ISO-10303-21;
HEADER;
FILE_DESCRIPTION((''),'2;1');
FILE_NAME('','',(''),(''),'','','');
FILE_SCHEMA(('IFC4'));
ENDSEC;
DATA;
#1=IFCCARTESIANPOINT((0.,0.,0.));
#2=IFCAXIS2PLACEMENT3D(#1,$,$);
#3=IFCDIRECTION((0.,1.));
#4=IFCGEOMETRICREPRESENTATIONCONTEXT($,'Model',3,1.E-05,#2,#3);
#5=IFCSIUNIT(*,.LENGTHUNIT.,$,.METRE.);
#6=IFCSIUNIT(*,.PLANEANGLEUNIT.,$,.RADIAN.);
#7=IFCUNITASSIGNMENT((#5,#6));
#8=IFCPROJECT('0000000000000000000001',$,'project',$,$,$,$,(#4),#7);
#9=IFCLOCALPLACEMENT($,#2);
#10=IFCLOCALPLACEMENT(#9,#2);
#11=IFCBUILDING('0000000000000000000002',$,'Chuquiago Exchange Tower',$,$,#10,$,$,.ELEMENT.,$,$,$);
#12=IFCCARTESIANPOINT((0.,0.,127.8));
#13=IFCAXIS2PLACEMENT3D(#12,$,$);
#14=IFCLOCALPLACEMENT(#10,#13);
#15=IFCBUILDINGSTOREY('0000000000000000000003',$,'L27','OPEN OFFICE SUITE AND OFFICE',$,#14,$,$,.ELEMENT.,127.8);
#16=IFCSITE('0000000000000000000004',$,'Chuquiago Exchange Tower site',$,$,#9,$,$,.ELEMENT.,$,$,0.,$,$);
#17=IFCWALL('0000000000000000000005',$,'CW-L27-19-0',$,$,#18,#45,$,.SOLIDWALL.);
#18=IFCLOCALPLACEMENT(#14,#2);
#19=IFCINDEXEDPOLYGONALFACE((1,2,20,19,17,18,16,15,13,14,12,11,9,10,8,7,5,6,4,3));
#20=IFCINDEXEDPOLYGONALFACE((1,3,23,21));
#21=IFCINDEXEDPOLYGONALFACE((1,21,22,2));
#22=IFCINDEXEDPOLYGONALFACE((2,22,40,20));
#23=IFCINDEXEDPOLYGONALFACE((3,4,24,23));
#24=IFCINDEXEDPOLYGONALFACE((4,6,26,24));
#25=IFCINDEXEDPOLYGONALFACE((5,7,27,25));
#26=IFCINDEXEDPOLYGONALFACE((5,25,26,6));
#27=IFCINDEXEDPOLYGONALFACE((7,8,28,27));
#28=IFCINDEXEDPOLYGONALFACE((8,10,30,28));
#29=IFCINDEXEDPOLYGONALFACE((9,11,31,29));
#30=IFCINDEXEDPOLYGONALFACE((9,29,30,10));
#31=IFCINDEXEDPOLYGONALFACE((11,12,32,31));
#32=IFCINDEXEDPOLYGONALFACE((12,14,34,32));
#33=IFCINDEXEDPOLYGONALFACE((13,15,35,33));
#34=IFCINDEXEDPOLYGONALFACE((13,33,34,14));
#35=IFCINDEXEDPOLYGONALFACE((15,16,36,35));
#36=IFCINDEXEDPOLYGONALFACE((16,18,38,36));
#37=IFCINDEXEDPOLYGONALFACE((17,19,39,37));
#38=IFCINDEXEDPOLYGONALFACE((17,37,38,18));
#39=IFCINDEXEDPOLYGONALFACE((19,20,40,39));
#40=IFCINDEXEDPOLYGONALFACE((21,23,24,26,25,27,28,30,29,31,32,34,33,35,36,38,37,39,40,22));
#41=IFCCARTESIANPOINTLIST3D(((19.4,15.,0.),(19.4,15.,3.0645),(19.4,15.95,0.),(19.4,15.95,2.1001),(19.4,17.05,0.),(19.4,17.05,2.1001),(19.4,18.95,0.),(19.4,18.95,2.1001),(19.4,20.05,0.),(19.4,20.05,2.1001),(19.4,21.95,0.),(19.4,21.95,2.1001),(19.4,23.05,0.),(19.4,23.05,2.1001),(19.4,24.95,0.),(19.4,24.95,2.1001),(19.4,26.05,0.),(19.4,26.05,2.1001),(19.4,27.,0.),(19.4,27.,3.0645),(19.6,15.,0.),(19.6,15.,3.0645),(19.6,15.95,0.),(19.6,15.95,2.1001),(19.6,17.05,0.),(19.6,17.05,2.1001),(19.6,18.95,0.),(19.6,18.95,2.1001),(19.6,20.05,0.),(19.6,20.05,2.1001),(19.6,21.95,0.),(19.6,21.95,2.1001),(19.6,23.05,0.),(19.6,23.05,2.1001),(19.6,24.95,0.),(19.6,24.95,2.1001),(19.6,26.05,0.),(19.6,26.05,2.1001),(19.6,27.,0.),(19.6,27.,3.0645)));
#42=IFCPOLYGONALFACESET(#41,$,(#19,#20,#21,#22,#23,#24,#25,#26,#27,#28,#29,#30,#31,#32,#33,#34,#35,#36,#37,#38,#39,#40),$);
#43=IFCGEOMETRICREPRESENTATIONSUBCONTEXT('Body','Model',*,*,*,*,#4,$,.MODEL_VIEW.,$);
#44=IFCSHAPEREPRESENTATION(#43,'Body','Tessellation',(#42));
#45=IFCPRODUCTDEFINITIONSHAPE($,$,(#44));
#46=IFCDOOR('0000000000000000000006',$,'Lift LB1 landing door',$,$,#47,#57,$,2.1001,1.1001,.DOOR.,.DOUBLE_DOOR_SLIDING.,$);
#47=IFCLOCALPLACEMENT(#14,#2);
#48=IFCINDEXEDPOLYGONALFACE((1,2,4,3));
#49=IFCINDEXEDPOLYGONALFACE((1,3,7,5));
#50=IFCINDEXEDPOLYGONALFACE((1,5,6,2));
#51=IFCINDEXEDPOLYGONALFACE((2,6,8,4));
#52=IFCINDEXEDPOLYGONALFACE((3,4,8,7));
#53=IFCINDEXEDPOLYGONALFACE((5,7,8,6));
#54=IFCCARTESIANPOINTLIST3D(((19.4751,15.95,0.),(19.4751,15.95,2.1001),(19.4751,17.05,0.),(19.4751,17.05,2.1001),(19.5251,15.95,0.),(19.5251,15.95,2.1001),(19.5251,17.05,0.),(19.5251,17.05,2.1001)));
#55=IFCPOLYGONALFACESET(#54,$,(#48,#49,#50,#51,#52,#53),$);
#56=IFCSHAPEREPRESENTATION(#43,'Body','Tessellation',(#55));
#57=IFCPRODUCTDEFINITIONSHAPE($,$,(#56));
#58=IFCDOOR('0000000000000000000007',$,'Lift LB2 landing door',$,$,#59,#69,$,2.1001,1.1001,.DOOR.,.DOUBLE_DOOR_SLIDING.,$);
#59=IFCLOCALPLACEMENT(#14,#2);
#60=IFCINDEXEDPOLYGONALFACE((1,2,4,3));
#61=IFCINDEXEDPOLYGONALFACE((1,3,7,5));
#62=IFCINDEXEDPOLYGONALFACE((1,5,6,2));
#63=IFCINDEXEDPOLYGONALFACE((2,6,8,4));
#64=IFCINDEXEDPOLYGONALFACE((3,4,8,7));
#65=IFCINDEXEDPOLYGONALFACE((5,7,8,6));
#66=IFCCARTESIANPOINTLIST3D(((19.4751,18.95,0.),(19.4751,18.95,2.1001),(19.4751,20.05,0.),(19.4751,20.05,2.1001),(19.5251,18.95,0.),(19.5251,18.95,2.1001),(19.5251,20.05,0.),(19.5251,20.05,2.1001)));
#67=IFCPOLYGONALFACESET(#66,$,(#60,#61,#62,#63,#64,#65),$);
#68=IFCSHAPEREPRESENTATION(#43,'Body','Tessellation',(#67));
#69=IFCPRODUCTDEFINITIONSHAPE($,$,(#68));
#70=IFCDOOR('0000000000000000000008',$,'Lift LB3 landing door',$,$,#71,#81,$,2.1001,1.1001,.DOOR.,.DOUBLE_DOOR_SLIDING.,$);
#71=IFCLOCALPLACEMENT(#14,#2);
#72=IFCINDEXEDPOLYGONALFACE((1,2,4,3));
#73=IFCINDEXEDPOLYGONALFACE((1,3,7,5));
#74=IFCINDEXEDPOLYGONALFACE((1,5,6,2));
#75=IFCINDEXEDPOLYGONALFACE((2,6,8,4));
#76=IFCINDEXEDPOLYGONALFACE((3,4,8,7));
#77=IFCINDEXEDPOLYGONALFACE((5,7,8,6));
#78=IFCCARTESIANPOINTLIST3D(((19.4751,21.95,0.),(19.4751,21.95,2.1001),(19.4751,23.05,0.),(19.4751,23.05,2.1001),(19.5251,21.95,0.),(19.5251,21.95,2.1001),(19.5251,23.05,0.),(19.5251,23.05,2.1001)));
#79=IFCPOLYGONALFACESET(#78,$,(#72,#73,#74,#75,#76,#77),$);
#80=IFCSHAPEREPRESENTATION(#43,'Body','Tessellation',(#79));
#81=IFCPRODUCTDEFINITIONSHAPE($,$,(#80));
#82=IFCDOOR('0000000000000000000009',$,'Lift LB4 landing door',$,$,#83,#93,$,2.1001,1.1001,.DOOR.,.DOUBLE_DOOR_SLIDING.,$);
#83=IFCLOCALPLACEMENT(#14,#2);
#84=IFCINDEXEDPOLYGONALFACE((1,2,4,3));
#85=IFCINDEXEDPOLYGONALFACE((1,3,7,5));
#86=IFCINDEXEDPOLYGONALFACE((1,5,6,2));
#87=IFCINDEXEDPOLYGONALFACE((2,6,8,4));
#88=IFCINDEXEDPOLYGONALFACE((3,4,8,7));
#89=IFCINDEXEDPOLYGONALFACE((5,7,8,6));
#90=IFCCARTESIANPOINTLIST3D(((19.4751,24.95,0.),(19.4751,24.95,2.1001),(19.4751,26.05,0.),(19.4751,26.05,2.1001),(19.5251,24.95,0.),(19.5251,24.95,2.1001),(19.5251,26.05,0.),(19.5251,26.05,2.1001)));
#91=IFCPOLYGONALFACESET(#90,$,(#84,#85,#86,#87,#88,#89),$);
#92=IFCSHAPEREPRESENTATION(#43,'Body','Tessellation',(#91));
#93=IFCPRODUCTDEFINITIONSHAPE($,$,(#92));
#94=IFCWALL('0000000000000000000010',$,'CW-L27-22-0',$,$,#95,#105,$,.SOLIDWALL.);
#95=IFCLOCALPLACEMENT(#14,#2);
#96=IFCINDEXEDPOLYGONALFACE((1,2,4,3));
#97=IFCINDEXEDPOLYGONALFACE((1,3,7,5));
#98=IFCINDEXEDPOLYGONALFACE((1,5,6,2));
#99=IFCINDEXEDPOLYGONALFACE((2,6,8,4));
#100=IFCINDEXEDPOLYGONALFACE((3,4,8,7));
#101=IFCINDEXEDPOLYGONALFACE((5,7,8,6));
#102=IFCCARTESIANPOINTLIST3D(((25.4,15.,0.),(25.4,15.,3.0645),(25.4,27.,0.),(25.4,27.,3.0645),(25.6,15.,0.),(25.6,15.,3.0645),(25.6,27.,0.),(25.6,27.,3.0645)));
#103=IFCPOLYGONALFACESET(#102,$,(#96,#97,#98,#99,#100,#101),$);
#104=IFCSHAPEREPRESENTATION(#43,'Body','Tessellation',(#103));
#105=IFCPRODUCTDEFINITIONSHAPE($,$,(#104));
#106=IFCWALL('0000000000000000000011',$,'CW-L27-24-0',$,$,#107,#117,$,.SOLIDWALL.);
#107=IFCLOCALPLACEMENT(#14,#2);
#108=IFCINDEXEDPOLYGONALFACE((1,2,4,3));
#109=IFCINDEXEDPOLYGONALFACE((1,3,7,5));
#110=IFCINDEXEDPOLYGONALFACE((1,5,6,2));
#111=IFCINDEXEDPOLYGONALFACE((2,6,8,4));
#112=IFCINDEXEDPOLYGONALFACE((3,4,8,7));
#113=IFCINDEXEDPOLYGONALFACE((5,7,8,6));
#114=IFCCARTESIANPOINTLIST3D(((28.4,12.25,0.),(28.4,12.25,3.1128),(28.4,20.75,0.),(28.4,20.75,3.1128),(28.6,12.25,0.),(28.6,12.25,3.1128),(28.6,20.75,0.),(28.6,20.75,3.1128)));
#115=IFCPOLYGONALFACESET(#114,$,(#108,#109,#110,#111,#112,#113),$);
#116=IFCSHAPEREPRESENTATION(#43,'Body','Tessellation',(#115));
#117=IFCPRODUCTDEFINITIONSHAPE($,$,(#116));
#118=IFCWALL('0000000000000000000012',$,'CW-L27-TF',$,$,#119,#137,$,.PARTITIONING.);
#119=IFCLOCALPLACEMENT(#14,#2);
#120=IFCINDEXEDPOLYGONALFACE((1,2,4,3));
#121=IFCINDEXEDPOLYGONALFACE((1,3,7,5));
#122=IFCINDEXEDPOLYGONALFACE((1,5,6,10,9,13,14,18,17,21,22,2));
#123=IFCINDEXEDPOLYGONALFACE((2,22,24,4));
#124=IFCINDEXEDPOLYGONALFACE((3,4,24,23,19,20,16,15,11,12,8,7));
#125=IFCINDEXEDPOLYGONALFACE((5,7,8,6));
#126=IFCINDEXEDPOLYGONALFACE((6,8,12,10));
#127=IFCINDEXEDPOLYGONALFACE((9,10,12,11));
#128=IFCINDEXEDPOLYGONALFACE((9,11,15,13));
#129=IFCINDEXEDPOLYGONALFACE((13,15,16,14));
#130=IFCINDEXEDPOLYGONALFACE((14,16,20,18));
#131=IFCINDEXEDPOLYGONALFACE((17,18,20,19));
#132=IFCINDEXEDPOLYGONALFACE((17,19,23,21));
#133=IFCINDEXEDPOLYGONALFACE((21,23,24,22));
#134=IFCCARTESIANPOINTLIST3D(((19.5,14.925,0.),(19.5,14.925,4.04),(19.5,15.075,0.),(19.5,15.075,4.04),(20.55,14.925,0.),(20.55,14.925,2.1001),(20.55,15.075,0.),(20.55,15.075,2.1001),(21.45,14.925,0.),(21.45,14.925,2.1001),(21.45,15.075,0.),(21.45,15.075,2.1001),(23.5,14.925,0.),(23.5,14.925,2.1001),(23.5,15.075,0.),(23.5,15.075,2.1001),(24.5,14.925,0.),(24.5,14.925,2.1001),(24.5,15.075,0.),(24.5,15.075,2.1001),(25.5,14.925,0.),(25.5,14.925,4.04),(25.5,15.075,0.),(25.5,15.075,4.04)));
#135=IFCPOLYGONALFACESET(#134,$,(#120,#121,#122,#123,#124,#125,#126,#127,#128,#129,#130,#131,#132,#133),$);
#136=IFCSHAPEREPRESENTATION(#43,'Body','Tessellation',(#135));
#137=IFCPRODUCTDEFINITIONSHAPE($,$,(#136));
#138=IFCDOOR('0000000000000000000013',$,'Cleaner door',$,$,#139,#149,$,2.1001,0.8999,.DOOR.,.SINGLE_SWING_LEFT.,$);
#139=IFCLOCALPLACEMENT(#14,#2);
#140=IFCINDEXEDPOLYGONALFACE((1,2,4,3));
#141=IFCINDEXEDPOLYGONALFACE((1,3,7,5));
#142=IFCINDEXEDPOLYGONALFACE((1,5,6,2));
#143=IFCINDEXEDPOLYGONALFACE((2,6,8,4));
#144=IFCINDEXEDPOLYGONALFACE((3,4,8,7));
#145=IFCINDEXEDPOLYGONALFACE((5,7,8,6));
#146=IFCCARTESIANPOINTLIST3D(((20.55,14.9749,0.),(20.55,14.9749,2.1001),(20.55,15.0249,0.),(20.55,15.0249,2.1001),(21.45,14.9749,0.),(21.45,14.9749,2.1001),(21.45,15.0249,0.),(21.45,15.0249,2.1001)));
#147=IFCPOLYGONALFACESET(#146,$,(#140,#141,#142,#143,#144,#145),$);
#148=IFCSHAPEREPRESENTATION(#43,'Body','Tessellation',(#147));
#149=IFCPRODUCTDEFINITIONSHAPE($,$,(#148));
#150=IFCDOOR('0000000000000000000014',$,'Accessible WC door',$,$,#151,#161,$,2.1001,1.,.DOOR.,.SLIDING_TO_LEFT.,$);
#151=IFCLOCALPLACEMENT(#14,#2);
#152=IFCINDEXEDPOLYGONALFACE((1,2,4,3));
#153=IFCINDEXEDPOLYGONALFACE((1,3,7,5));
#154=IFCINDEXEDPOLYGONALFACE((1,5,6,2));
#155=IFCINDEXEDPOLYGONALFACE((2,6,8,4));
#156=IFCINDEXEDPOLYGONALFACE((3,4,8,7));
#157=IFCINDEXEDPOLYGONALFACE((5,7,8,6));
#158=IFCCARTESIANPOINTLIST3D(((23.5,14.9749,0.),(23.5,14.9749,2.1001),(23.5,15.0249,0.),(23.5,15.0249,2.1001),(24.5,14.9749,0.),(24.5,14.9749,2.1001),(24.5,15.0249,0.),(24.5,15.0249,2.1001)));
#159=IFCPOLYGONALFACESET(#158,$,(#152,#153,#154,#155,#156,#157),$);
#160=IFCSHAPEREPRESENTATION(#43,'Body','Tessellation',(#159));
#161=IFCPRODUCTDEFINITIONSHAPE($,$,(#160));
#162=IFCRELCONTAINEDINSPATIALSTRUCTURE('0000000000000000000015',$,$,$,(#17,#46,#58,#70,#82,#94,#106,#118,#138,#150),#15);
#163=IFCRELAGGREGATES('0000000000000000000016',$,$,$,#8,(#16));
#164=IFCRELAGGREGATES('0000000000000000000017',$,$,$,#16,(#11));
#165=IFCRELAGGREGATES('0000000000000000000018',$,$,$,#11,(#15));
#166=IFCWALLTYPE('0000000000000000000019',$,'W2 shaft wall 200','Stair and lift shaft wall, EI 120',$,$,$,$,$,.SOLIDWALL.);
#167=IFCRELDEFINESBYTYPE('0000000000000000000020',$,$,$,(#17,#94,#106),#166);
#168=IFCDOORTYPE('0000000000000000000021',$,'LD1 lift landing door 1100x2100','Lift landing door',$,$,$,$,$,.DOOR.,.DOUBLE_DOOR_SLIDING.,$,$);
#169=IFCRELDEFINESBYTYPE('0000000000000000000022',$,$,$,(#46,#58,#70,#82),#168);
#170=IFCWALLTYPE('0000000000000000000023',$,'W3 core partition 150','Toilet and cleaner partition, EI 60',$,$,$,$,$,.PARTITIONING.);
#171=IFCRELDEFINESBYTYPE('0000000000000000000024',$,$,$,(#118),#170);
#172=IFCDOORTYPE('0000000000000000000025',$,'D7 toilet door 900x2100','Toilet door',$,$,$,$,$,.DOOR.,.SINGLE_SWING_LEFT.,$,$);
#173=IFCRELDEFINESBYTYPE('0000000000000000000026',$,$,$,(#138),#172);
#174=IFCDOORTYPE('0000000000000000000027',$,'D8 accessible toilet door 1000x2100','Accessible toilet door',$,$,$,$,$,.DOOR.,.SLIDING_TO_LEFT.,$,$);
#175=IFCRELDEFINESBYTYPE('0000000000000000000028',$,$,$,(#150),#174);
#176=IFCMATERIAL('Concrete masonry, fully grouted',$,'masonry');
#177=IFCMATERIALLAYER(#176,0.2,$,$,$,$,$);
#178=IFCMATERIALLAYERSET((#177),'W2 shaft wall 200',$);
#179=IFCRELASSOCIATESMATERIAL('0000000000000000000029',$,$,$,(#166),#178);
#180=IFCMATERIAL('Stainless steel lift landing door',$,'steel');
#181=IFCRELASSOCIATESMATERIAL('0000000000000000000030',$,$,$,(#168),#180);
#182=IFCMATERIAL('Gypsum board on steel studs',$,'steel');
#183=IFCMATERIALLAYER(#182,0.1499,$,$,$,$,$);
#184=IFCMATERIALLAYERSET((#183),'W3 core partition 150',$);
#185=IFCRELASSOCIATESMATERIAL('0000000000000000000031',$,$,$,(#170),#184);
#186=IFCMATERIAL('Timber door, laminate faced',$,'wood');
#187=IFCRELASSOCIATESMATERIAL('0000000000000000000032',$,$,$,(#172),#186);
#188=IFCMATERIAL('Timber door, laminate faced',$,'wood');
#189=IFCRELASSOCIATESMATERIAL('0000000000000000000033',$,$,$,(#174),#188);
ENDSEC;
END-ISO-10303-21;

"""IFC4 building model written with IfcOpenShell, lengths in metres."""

from ifc_helpers import new_model, si_unit, direction, frame, frame_2d, origin, place, context, subcontext, project, spatial, rectangle, extrude, material, layer, layer_set, type_object, element, fill, save


model = new_model("IFC4")

# Units and contexts
model_context = context("Model", 3, precision=1e-05, world=origin(), true_north=direction((0.0, 1.0)))
body_context = subcontext(model_context, "Body", "Model", "MODEL_VIEW")
ifc_project = project(units=[si_unit("LENGTHUNIT", "METRE"), si_unit("PLANEANGLEUNIT", "RADIAN")], contexts=[model_context])

# Site, building, storey
site_placement = place(None, origin())
site = spatial("IfcSite", under=ifc_project, at=site_placement, Name="Chuquiago Exchange Tower site", CompositionType="ELEMENT", RefElevation=0.0)
building_placement = place(site_placement, origin())
building = spatial("IfcBuilding", under=site, at=building_placement, Name="Chuquiago Exchange Tower", CompositionType="ELEMENT")
storey_placement = place(building_placement, frame((0.0, 0.0, 127.8)))
storey = spatial("IfcBuildingStorey", under=building, at=storey_placement, Name="L27", Description="OPEN OFFICE SUITE AND OFFICE", CompositionType="ELEMENT", Elevation=127.8)

# Shared definitions
ifc_material_1 = material(Name="Concrete masonry, fully grouted", Category="masonry")
ifc_layer_1 = layer(ifc_material_1, 0.2)
ifc_layer_set_1 = layer_set([ifc_layer_1], Name="W2 shaft wall 200")
wall_type_1 = type_object("IfcWallType", Name="W2 shaft wall 200", Description="Stair and lift shaft wall, EI 120", PredefinedType="SOLIDWALL", material=ifc_layer_set_1)

# Wall, openings, doors
wall_1_placement = place(storey_placement, frame((19.5, 15.0, 0.0), z_axis=(0.0, 0.0, 1.0), x_axis=(0.0, 1.0, 0.0)))
wall_1 = element("IfcWall", 1, at=wall_1_placement, inside=storey, type_object=wall_type_1, Name="CW-L27-19-0", PredefinedType="SOLIDWALL", context=body_context, shape_type="SweptSolid", body=[
    extrude(rectangle(XDim=12.0, YDim=0.2, at=frame_2d((6.0, 0.0))), origin(), (0.0, 0.0, 1.0), 3.0645),
])
opening_1_placement = place(wall_1_placement, frame((0.95, 0.0, 0.0)))
opening_1 = element("IfcOpeningElement", 2, at=opening_1_placement, cuts=wall_1, PredefinedType="OPENING", context=body_context, shape_type="SweptSolid", body=[
    extrude(rectangle(XDim=1.1001, YDim=2.1001, at=frame_2d((0.55, 1.05))), frame((0.0, 0.1099, 0.0), z_axis=(0.0, -1.0, 0.0), x_axis=(1.0, 0.0, 0.0)), (0.0, 0.0, 1.0), 0.22),
])
opening_2_placement = place(wall_1_placement, frame((3.95, 0.0, 0.0)))
opening_2 = element("IfcOpeningElement", 3, at=opening_2_placement, cuts=wall_1, PredefinedType="OPENING", context=body_context, shape_type="SweptSolid", body=[
    extrude(rectangle(XDim=1.1001, YDim=2.1001, at=frame_2d((0.55, 1.05))), frame((0.0, 0.1099, 0.0), z_axis=(0.0, -1.0, 0.0), x_axis=(1.0, 0.0, 0.0)), (0.0, 0.0, 1.0), 0.22),
])
opening_3_placement = place(wall_1_placement, frame((6.95, 0.0, 0.0)))
opening_3 = element("IfcOpeningElement", 4, at=opening_3_placement, cuts=wall_1, PredefinedType="OPENING", context=body_context, shape_type="SweptSolid", body=[
    extrude(rectangle(XDim=1.1001, YDim=2.1001, at=frame_2d((0.55, 1.05))), frame((0.0, 0.1099, 0.0), z_axis=(0.0, -1.0, 0.0), x_axis=(1.0, 0.0, 0.0)), (0.0, 0.0, 1.0), 0.22),
])
opening_4_placement = place(wall_1_placement, frame((9.95, 0.0, 0.0)))
opening_4 = element("IfcOpeningElement", 5, at=opening_4_placement, cuts=wall_1, PredefinedType="OPENING", context=body_context, shape_type="SweptSolid", body=[
    extrude(rectangle(XDim=1.1001, YDim=2.1001, at=frame_2d((0.55, 1.05))), frame((0.0, 0.1099, 0.0), z_axis=(0.0, -1.0, 0.0), x_axis=(1.0, 0.0, 0.0)), (0.0, 0.0, 1.0), 0.22),
])
ifc_material_2 = material(Name="Stainless steel lift landing door", Category="steel")
door_type_1 = type_object("IfcDoorType", Name="LD1 lift landing door 1100x2100", Description="Lift landing door", OperationType="DOUBLE_DOOR_SLIDING", PredefinedType="DOOR", material=ifc_material_2)
door_1_placement = place(opening_1_placement, origin())
door_1 = element("IfcDoor", 6, at=door_1_placement, inside=storey, type_object=door_type_1, Name="Lift LB1 landing door", OperationType="DOUBLE_DOOR_SLIDING", OverallHeight=2.1001, OverallWidth=1.1001, PredefinedType="DOOR", context=body_context, shape_type="SweptSolid", body=[
    extrude(rectangle(XDim=1.1001, YDim=2.1001, at=frame_2d((0.55, 1.05))), frame((0.0, 0.0249, 0.0), z_axis=(0.0, -1.0, 0.0), x_axis=(1.0, 0.0, 0.0)), (0.0, 0.0, 1.0), 0.05),
])
fill(opening_1, door_1)
door_2_placement = place(opening_2_placement, origin())
door_2 = element("IfcDoor", 7, at=door_2_placement, inside=storey, type_object=door_type_1, Name="Lift LB2 landing door", OperationType="DOUBLE_DOOR_SLIDING", OverallHeight=2.1001, OverallWidth=1.1001, PredefinedType="DOOR", context=body_context, shape_type="SweptSolid", body=[
    extrude(rectangle(XDim=1.1001, YDim=2.1001, at=frame_2d((0.55, 1.05))), frame((0.0, 0.0249, 0.0), z_axis=(0.0, -1.0, 0.0), x_axis=(1.0, 0.0, 0.0)), (0.0, 0.0, 1.0), 0.05),
])
fill(opening_2, door_2)
door_3_placement = place(opening_3_placement, origin())
door_3 = element("IfcDoor", 8, at=door_3_placement, inside=storey, type_object=door_type_1, Name="Lift LB3 landing door", OperationType="DOUBLE_DOOR_SLIDING", OverallHeight=2.1001, OverallWidth=1.1001, PredefinedType="DOOR", context=body_context, shape_type="SweptSolid", body=[
    extrude(rectangle(XDim=1.1001, YDim=2.1001, at=frame_2d((0.55, 1.05))), frame((0.0, 0.0249, 0.0), z_axis=(0.0, -1.0, 0.0), x_axis=(1.0, 0.0, 0.0)), (0.0, 0.0, 1.0), 0.05),
])
fill(opening_3, door_3)
door_4_placement = place(opening_4_placement, origin())
door_4 = element("IfcDoor", 9, at=door_4_placement, inside=storey, type_object=door_type_1, Name="Lift LB4 landing door", OperationType="DOUBLE_DOOR_SLIDING", OverallHeight=2.1001, OverallWidth=1.1001, PredefinedType="DOOR", context=body_context, shape_type="SweptSolid", body=[
    extrude(rectangle(XDim=1.1001, YDim=2.1001, at=frame_2d((0.55, 1.05))), frame((0.0, 0.0249, 0.0), z_axis=(0.0, -1.0, 0.0), x_axis=(1.0, 0.0, 0.0)), (0.0, 0.0, 1.0), 0.05),
])
fill(opening_4, door_4)

# Walls
wall_2_placement = place(storey_placement, frame((25.5, 15.0, 0.0), z_axis=(0.0, 0.0, 1.0), x_axis=(0.0, 1.0, 0.0)))
element("IfcWall", 10, at=wall_2_placement, inside=storey, type_object=wall_type_1, Name="CW-L27-22-0", PredefinedType="SOLIDWALL", context=body_context, shape_type="SweptSolid", body=[
    extrude(rectangle(XDim=12.0, YDim=0.2, at=frame_2d((6.0, 0.0))), origin(), (0.0, 0.0, 1.0), 3.0645),
])
wall_3_placement = place(storey_placement, frame((28.5, 12.25, 0.0), z_axis=(0.0, 0.0, 1.0), x_axis=(0.0, 1.0, 0.0)))
element("IfcWall", 11, at=wall_3_placement, inside=storey, type_object=wall_type_1, Name="CW-L27-24-0", PredefinedType="SOLIDWALL", context=body_context, shape_type="SweptSolid", body=[
    extrude(rectangle(XDim=8.5, YDim=0.2, at=frame_2d((4.25, 0.0))), origin(), (0.0, 0.0, 1.0), 3.1128),
])

# Wall, openings, doors
ifc_material_3 = material(Name="Gypsum board on steel studs", Category="steel")
ifc_layer_2 = layer(ifc_material_3, 0.1499)
ifc_layer_set_2 = layer_set([ifc_layer_2], Name="W3 core partition 150")
wall_type_2 = type_object("IfcWallType", Name="W3 core partition 150", Description="Toilet and cleaner partition, EI 60", PredefinedType="PARTITIONING", material=ifc_layer_set_2)
wall_4_placement = place(storey_placement, frame((19.5, 15.0, 0.0), z_axis=(0.0, 0.0, 1.0), x_axis=(1.0, 0.0, 0.0)))
wall_4 = element("IfcWall", 12, at=wall_4_placement, inside=storey, type_object=wall_type_2, Name="CW-L27-TF", PredefinedType="PARTITIONING", context=body_context, shape_type="SweptSolid", body=[
    extrude(rectangle(XDim=6.0, YDim=0.1499, at=frame_2d((3.0, 0.0))), origin(), (0.0, 0.0, 1.0), 4.04),
])
opening_5_placement = place(wall_4_placement, frame((4.0, 0.0, 0.0)))
opening_5 = element("IfcOpeningElement", 13, at=opening_5_placement, cuts=wall_4, PredefinedType="OPENING", context=body_context, shape_type="SweptSolid", body=[
    extrude(rectangle(XDim=1.0, YDim=2.1001, at=frame_2d((0.5, 1.05))), frame((0.0, 0.085, 0.0), z_axis=(0.0, -1.0, 0.0), x_axis=(1.0, 0.0, 0.0)), (0.0, 0.0, 1.0), 0.1699),
])
opening_6_placement = place(wall_4_placement, frame((1.05, 0.0, 0.0)))
opening_6 = element("IfcOpeningElement", 14, at=opening_6_placement, cuts=wall_4, PredefinedType="OPENING", context=body_context, shape_type="SweptSolid", body=[
    extrude(rectangle(XDim=0.8999, YDim=2.1001, at=frame_2d((0.45, 1.05))), frame((0.0, 0.085, 0.0), z_axis=(0.0, -1.0, 0.0), x_axis=(1.0, 0.0, 0.0)), (0.0, 0.0, 1.0), 0.1699),
])
ifc_material_4 = material(Name="Timber door, laminate faced", Category="wood")
door_type_2 = type_object("IfcDoorType", Name="D7 toilet door 900x2100", Description="Toilet door", OperationType="SINGLE_SWING_LEFT", PredefinedType="DOOR", material=ifc_material_4)
door_5_placement = place(opening_6_placement, origin())
door_5 = element("IfcDoor", 15, at=door_5_placement, inside=storey, type_object=door_type_2, Name="Cleaner door", OperationType="SINGLE_SWING_LEFT", OverallHeight=2.1001, OverallWidth=0.8999, PredefinedType="DOOR", context=body_context, shape_type="SweptSolid", body=[
    extrude(rectangle(XDim=0.8999, YDim=2.1001, at=frame_2d((0.45, 1.05))), frame((0.0, 0.0249, 0.0), z_axis=(0.0, -1.0, 0.0), x_axis=(1.0, 0.0, 0.0)), (0.0, 0.0, 1.0), 0.05),
])
fill(opening_6, door_5)
ifc_material_5 = material(Name="Timber door, laminate faced", Category="wood")
door_type_3 = type_object("IfcDoorType", Name="D8 accessible toilet door 1000x2100", Description="Accessible toilet door", OperationType="SLIDING_TO_LEFT", PredefinedType="DOOR", material=ifc_material_5)
door_6_placement = place(opening_5_placement, origin())
door_6 = element("IfcDoor", 16, at=door_6_placement, inside=storey, type_object=door_type_3, Name="Accessible WC door", OperationType="SLIDING_TO_LEFT", OverallHeight=2.1001, OverallWidth=1.0, PredefinedType="DOOR", context=body_context, shape_type="SweptSolid", body=[
    extrude(rectangle(XDim=1.0, YDim=2.1001, at=frame_2d((0.5, 1.05))), frame((0.0, 0.0249, 0.0), z_axis=(0.0, -1.0, 0.0), x_axis=(1.0, 0.0, 0.0)), (0.0, 0.0, 1.0), 0.05),
])
fill(opening_5, door_6)

save(model, "model.ifc")
